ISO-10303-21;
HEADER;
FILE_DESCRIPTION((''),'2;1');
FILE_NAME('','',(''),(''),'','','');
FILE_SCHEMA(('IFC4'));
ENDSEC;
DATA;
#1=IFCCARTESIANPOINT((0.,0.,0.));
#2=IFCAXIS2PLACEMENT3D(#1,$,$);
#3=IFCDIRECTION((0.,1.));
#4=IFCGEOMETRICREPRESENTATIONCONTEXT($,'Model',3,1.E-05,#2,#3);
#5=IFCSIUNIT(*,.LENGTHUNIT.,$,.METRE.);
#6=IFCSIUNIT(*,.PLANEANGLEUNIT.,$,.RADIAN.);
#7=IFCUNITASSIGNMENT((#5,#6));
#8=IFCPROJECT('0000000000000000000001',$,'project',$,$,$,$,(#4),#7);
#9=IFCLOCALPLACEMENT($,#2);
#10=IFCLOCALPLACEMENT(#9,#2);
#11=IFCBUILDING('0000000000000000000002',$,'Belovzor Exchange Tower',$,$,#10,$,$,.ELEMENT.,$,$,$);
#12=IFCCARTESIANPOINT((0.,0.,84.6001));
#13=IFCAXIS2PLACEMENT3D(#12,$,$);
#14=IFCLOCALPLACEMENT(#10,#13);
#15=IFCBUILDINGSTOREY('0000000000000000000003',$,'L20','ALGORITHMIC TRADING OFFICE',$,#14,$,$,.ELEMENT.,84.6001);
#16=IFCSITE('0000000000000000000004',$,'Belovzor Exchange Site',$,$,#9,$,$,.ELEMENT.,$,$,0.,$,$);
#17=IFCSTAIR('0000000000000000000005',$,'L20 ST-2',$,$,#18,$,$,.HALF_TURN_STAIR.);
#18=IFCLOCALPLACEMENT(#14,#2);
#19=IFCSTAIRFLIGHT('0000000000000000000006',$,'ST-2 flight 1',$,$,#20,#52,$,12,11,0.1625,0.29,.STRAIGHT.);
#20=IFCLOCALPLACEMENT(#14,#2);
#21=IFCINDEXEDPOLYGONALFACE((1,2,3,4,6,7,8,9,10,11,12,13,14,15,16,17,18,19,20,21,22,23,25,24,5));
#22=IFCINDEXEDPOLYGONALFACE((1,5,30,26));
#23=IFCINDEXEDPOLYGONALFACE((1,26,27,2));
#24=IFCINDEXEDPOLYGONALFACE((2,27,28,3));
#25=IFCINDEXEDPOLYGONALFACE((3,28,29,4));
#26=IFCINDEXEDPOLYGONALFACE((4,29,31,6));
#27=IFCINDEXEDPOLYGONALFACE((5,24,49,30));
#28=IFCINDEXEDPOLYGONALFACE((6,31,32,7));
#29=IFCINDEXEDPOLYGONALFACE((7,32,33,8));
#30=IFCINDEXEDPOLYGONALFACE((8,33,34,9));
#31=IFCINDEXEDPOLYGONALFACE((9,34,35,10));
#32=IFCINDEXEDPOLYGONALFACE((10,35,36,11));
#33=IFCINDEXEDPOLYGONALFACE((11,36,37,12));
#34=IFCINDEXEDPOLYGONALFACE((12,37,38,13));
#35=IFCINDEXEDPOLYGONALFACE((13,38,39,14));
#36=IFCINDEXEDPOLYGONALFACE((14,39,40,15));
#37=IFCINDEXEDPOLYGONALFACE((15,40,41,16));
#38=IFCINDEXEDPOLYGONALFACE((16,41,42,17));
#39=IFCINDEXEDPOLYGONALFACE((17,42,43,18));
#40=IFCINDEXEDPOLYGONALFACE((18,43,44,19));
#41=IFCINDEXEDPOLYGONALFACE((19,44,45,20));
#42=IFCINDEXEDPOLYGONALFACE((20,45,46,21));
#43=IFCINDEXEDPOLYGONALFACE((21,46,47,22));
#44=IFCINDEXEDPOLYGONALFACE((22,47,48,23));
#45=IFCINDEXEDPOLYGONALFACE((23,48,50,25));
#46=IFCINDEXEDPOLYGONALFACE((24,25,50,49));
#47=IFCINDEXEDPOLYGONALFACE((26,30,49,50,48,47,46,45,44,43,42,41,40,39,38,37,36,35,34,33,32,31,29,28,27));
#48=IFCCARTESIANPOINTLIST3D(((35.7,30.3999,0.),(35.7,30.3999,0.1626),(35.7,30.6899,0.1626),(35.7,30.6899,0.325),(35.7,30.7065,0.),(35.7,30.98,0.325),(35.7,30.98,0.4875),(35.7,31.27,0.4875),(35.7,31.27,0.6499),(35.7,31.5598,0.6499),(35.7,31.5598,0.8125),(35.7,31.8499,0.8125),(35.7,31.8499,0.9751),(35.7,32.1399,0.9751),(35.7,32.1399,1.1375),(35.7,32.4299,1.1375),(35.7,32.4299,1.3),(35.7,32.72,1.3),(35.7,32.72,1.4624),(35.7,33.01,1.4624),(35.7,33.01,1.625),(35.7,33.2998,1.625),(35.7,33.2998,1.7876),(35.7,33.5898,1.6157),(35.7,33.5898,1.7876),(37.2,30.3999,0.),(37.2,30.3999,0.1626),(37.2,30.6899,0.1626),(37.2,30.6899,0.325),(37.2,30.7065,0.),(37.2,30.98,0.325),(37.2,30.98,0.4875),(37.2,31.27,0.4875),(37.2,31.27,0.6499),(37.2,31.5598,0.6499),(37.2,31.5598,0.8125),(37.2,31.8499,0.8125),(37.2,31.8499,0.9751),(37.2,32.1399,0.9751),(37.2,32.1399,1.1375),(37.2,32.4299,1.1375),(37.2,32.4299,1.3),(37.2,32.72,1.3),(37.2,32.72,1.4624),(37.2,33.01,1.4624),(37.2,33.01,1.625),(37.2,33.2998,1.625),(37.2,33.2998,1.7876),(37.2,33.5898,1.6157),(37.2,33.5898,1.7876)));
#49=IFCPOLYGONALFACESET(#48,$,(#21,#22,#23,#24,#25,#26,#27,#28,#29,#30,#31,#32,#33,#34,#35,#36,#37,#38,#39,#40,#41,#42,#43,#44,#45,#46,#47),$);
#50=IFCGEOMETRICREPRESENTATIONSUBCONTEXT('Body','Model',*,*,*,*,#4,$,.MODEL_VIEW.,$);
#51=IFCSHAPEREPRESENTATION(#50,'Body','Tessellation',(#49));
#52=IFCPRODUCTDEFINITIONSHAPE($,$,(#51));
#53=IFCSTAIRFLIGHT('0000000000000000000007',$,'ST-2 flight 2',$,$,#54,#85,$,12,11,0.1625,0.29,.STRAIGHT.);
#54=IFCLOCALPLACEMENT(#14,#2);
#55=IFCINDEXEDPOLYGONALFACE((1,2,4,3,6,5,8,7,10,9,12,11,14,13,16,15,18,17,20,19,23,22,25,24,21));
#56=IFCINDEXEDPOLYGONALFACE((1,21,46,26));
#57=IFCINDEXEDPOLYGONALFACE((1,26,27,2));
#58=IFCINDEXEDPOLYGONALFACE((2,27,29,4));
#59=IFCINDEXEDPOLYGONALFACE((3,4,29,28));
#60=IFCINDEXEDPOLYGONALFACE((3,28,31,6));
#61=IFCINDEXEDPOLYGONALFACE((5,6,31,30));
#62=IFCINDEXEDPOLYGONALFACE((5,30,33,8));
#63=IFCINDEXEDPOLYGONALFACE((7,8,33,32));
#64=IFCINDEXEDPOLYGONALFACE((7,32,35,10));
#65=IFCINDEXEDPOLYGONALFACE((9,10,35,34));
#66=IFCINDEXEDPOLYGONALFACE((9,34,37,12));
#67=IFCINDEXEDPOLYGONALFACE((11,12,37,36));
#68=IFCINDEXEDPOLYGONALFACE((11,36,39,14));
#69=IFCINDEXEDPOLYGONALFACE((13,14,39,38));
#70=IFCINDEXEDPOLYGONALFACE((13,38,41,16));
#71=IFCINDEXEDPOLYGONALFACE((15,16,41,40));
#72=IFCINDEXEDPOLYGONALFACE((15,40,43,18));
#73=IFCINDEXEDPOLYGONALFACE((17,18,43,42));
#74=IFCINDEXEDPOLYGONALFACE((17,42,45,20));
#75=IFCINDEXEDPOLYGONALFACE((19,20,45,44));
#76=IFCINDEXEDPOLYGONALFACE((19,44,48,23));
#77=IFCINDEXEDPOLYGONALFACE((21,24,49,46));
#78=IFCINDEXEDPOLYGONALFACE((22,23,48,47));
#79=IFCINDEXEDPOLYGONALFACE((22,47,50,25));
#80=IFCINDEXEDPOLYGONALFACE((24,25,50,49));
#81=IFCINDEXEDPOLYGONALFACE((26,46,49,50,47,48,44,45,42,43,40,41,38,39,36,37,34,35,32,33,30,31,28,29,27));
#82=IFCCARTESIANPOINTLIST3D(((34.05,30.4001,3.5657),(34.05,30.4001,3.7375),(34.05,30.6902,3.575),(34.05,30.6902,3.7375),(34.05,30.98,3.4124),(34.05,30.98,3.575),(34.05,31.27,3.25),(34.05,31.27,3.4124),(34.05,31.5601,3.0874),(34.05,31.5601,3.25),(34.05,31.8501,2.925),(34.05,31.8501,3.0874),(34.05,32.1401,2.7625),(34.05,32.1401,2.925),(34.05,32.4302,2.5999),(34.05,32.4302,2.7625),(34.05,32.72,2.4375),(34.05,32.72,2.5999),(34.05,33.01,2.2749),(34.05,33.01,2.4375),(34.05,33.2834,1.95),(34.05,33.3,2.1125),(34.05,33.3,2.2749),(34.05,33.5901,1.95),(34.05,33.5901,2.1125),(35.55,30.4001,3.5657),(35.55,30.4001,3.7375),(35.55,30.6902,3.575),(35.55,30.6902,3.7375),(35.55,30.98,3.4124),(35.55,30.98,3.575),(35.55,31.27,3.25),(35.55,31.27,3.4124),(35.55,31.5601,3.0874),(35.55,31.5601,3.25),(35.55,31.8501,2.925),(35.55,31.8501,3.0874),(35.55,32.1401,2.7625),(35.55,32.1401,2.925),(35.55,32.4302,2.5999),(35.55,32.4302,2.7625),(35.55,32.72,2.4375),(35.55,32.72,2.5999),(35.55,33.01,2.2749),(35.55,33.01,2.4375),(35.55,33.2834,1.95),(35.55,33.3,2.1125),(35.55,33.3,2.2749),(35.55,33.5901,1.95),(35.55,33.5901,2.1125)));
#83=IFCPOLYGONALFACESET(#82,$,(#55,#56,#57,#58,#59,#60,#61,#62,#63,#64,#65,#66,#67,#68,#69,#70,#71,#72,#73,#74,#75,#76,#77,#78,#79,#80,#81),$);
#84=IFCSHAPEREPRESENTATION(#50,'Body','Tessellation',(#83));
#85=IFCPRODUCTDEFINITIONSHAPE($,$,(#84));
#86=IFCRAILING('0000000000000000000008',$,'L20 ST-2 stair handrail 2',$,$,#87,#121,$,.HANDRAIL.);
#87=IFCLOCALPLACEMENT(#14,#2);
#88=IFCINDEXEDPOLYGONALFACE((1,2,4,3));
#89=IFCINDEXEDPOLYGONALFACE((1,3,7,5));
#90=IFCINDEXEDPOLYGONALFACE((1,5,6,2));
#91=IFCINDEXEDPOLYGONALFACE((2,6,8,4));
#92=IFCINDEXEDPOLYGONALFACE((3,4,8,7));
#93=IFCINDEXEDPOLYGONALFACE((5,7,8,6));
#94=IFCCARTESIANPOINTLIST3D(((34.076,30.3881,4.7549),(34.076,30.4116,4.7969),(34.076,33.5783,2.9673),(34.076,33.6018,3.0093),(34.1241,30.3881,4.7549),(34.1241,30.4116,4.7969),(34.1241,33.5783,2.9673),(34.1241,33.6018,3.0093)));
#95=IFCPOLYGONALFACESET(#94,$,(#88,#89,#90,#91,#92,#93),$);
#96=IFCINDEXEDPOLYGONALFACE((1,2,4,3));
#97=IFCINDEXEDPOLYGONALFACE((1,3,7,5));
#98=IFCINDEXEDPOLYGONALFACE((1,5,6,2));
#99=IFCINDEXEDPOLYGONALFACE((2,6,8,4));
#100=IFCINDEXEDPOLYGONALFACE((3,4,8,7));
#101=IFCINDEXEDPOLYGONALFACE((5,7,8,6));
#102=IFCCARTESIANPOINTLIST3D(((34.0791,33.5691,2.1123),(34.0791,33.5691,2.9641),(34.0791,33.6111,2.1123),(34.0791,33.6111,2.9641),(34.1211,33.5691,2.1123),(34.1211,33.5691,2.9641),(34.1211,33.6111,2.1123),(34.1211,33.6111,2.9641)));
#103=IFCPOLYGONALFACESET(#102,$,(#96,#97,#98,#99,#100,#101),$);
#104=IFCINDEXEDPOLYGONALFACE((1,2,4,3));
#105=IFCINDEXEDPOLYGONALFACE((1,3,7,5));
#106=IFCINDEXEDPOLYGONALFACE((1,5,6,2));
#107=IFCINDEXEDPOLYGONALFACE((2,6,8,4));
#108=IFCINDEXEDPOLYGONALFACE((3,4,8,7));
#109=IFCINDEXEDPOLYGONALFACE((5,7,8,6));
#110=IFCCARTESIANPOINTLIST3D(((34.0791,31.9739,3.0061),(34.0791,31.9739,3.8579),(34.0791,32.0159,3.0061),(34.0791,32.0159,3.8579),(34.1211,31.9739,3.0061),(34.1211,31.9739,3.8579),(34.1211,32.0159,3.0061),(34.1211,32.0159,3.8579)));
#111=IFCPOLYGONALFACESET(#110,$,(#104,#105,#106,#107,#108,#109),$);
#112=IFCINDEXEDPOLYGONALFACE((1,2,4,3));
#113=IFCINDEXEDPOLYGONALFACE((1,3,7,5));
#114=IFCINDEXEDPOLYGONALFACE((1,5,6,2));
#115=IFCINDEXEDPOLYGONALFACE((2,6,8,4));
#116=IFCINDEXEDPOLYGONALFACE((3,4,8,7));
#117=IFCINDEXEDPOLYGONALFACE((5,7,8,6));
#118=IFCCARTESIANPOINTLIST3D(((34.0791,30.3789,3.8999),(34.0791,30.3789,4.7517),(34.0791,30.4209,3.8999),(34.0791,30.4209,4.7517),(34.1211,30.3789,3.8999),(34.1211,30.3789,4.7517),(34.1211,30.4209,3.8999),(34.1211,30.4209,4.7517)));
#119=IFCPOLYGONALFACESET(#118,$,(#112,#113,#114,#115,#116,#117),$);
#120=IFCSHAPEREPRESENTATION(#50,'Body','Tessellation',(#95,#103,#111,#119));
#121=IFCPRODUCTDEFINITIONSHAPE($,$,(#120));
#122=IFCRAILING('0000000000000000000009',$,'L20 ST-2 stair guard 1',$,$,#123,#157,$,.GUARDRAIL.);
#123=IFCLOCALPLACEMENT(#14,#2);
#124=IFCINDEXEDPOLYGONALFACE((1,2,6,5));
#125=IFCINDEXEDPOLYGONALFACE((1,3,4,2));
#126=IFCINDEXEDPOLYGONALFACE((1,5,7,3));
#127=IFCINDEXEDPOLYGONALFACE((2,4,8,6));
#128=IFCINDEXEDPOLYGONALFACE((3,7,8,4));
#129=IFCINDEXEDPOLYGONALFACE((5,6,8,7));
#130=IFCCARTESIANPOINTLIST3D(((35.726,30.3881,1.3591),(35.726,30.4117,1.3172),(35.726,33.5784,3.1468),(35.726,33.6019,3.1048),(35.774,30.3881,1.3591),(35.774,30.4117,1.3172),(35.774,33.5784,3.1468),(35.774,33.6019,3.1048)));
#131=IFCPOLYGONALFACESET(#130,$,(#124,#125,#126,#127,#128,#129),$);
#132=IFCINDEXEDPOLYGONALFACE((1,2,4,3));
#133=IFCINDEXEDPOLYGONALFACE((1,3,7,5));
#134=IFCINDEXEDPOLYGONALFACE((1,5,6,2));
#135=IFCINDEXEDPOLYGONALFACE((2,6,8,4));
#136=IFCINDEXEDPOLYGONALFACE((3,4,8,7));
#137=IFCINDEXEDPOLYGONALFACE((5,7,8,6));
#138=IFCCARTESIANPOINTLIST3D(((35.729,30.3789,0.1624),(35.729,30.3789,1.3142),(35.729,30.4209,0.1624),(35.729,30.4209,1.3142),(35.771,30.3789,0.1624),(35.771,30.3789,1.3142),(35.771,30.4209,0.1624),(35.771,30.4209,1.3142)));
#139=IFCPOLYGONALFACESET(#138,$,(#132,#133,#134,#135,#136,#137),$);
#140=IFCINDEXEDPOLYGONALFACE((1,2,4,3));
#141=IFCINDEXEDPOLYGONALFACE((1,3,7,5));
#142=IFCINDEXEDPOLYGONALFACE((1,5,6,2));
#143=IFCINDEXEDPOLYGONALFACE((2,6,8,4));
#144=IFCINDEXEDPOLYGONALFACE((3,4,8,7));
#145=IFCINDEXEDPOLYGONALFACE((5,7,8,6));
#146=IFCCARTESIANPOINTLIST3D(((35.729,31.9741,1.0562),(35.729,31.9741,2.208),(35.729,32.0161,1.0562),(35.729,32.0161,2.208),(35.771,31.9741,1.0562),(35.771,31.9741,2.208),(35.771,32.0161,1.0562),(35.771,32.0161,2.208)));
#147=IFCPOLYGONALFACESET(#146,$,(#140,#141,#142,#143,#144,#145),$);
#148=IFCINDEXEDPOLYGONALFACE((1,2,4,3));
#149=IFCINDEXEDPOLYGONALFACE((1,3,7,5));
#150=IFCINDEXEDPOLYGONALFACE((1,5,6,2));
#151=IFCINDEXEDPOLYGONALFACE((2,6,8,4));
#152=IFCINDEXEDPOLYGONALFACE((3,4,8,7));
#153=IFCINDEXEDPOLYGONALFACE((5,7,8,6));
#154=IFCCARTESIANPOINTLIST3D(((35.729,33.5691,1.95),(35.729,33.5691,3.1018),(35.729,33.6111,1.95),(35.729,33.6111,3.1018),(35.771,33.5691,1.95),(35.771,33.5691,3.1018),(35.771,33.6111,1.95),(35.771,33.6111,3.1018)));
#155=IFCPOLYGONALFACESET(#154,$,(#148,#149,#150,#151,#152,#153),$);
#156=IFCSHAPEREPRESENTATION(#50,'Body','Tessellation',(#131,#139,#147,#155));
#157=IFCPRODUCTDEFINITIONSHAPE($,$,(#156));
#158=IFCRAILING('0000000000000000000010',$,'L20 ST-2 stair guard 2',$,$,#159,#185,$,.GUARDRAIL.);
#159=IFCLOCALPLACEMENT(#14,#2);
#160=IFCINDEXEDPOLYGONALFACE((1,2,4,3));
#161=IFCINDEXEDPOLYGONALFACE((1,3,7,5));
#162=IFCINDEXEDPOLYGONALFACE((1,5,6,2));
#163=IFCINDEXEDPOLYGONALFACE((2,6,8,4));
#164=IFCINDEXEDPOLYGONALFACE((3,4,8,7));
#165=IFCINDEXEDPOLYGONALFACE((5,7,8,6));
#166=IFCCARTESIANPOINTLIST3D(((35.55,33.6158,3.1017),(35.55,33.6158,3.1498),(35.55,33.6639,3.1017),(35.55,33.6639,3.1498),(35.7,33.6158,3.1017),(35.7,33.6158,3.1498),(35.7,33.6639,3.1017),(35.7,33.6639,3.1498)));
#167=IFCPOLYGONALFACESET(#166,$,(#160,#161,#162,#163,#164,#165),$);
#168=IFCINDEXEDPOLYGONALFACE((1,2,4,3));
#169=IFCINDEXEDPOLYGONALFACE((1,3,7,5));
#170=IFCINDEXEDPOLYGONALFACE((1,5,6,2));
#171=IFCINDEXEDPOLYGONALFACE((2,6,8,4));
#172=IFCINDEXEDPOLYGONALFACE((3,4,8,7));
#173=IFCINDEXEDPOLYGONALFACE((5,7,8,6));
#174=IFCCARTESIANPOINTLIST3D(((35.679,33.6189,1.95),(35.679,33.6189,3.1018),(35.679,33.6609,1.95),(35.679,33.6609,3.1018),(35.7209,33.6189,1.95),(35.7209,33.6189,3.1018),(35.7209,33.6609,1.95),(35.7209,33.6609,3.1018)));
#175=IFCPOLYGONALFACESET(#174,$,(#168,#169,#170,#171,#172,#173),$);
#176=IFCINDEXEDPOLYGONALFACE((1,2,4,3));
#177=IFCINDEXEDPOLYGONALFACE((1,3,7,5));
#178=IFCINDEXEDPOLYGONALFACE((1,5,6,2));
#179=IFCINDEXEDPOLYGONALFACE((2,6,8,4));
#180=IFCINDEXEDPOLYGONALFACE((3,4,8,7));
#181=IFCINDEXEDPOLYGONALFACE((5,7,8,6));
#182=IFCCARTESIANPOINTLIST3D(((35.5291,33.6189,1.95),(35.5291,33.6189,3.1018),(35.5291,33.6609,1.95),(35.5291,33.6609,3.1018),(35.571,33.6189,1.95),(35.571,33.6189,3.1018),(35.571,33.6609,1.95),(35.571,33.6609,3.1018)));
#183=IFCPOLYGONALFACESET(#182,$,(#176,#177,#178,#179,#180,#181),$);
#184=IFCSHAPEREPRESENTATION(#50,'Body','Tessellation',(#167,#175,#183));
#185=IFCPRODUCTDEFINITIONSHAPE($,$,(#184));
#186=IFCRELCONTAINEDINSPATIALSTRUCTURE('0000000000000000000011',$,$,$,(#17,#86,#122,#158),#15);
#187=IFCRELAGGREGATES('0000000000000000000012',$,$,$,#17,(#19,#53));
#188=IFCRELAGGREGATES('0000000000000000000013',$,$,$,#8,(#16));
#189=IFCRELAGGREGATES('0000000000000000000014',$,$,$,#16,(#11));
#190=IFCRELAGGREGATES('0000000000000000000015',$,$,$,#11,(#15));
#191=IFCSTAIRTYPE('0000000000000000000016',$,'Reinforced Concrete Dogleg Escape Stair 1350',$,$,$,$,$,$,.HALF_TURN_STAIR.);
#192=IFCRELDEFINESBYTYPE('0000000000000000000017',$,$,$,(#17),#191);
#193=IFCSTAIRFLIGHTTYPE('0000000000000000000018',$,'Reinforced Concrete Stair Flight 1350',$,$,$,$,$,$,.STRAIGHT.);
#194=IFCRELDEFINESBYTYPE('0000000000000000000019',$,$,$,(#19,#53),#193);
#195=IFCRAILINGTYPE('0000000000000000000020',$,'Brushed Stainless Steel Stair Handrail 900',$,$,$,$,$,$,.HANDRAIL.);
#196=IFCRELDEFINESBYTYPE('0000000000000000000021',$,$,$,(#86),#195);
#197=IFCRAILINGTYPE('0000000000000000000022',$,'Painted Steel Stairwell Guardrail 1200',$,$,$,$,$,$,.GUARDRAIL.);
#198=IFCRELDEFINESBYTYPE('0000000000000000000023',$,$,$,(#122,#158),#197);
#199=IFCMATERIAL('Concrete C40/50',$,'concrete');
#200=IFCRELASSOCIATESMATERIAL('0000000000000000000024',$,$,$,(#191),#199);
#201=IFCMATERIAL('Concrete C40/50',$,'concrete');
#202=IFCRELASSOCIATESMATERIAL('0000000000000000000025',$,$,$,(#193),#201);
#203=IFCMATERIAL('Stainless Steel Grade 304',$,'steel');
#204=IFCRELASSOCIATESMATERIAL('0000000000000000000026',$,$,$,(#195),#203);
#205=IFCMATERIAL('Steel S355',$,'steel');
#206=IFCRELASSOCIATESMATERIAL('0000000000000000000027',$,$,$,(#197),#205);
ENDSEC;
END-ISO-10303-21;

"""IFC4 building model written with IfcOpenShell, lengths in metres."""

from ifc_helpers import new_model, si_unit, direction, frame, origin, origin_2d, place, context, subcontext, project, spatial, polyline, rectangle, outline, extrude, material, type_object, element, aggregate, save


model = new_model("IFC4")

# Units and contexts
model_context = context("Model", 3, precision=1e-05, world=origin(), true_north=direction((0.0, 1.0)))
body_context = subcontext(model_context, "Body", "Model", "MODEL_VIEW")
ifc_project = project(units=[si_unit("LENGTHUNIT", "METRE"), si_unit("PLANEANGLEUNIT", "RADIAN")], contexts=[model_context])

# Site, building, storey
site_placement = place(None, origin())
site = spatial("IfcSite", under=ifc_project, at=site_placement, Name="Belovzor Exchange Site", CompositionType="ELEMENT", RefElevation=0.0)
building_placement = place(site_placement, origin())
building = spatial("IfcBuilding", under=site, at=building_placement, Name="Belovzor Exchange Tower", CompositionType="ELEMENT")
storey_placement = place(building_placement, frame((0.0, 0.0, 84.6001)))
storey = spatial("IfcBuildingStorey", under=building, at=storey_placement, Name="L20", Description="ALGORITHMIC TRADING OFFICE", CompositionType="ELEMENT", Elevation=84.6001)

# Stair, stair flights
ifc_material_1 = material(Name="Concrete C40/50", Category="concrete")
stair_type = type_object("IfcStairType", Name="Reinforced Concrete Dogleg Escape Stair 1350", PredefinedType="HALF_TURN_STAIR", material=ifc_material_1)
stair_placement = place(storey_placement, origin())
stair = element("IfcStair", 1, at=stair_placement, inside=storey, type_object=stair_type, Name="L20 ST-2", PredefinedType="HALF_TURN_STAIR")
ifc_material_2 = material(Name="Concrete C40/50", Category="concrete")
stair_flight_type = type_object("IfcStairFlightType", Name="Reinforced Concrete Stair Flight 1350", PredefinedType="STRAIGHT", material=ifc_material_2)
stair_flight_1_placement = place(storey_placement, frame((36.45, 30.3999, 0.0), z_axis=(0.0, 0.0, 1.0), x_axis=(0.0, 1.0, 0.0)))
stair_flight_1 = element("IfcStairFlight", 2, at=stair_flight_1_placement, type_object=stair_flight_type, Name="ST-2 flight 1", NumberOfRisers=12, NumberOfTreads=11, PredefinedType="STRAIGHT", RiserHeight=0.1625, TreadLength=0.29, context=body_context, shape_type="SweptSolid", body=[
    extrude(outline(polyline([(0.0, 0.0), (0.0, 0.1626), (0.29, 0.1626), (0.29, 0.325), (0.5801, 0.325), (0.5801, 0.4875), (0.8701, 0.4875), (0.8701, 0.6499), (1.1599, 0.6499), (1.1599, 0.8125), (1.45, 0.8125), (1.45, 0.9751), (1.74, 0.9751), (1.74, 1.1375), (2.03, 1.1375), (2.03, 1.3), (2.3201, 1.3), (2.3201, 1.4624), (2.6101, 1.4624), (2.6101, 1.625), (2.8999, 1.625), (2.8999, 1.7876), (3.1899, 1.7876), (3.1899, 1.95), (3.1899, 1.6157), (0.3066, 0.0), (0.0, 0.0)])), frame((0.0, 0.75, 0.0), z_axis=(0.0, -1.0, 0.0), x_axis=(1.0, 0.0, 0.0)), (0.0, 0.0, 1.0), 1.5),
])
stair_flight_2_placement = place(storey_placement, frame((34.8, 33.5901, 1.95), z_axis=(0.0, 0.0, 1.0), x_axis=(0.0, -1.0, 0.0)))
stair_flight_2 = element("IfcStairFlight", 3, at=stair_flight_2_placement, type_object=stair_flight_type, Name="ST-2 flight 2", NumberOfRisers=12, NumberOfTreads=11, PredefinedType="STRAIGHT", RiserHeight=0.1625, TreadLength=0.29, context=body_context, shape_type="SweptSolid", body=[
    extrude(outline(polyline([(0.0, 0.0), (0.0, 0.1626), (0.29, 0.1626), (0.29, 0.325), (0.5801, 0.325), (0.5801, 0.4875), (0.8701, 0.4875), (0.8701, 0.6499), (1.1599, 0.6499), (1.1599, 0.8125), (1.45, 0.8125), (1.45, 0.9751), (1.74, 0.9751), (1.74, 1.1375), (2.03, 1.1375), (2.03, 1.3), (2.3201, 1.3), (2.3201, 1.4624), (2.6101, 1.4624), (2.6101, 1.625), (2.8999, 1.625), (2.8999, 1.7876), (3.1899, 1.7876), (3.1899, 1.95), (3.1899, 1.6157), (0.3066, 0.0), (0.0, 0.0)])), frame((0.0, 0.75, 0.0), z_axis=(0.0, -1.0, 0.0), x_axis=(1.0, 0.0, 0.0)), (0.0, 0.0, 1.0), 1.5),
])
aggregate(stair, [stair_flight_1, stair_flight_2])

# Railings
ifc_material_3 = material(Name="Stainless Steel Grade 304", Category="steel")
railing_type_1 = type_object("IfcRailingType", Name="Brushed Stainless Steel Stair Handrail 900", PredefinedType="HANDRAIL", material=ifc_material_3)
railing_1_placement = place(storey_placement, frame((34.1001, 33.5901, 2.1123)))
element("IfcRailing", 4, at=railing_1_placement, inside=storey, type_object=railing_type_1, Name="L20 ST-2 stair handrail 2", PredefinedType="HANDRAIL", context=body_context, shape_type="SweptSolid", body=[
    extrude(rectangle(XDim=0.0481, YDim=0.0481, at=origin_2d()), frame((0.0, 0.0, 0.876), z_axis=(0.0, -0.872378, 0.488831), x_axis=(1.0, 0.0, 0.0)), (0.0, 0.0, 1.0), 3.657),
    extrude(rectangle(XDim=0.042, YDim=0.042, at=origin_2d()), origin(), (0.0, 0.0, 1.0), 0.8518),
    extrude(rectangle(XDim=0.042, YDim=0.042, at=origin_2d()), frame((0.0, -1.5952, 0.8938)), (0.0, 0.0, 1.0), 0.8518),
    extrude(rectangle(XDim=0.042, YDim=0.042, at=origin_2d()), frame((0.0, -3.1902, 1.7876)), (0.0, 0.0, 1.0), 0.8518),
])
ifc_material_4 = material(Name="Steel S355", Category="steel")
railing_type_2 = type_object("IfcRailingType", Name="Painted Steel Stairwell Guardrail 1200", PredefinedType="GUARDRAIL", material=ifc_material_4)
railing_2_placement = place(storey_placement, frame((35.75, 30.3999, 0.1624)))
element("IfcRailing", 5, at=railing_2_placement, inside=storey, type_object=railing_type_2, Name="L20 ST-2 stair guard 1", PredefinedType="GUARDRAIL", context=body_context, shape_type="SweptSolid", body=[
    extrude(rectangle(XDim=0.0481, YDim=0.0481, at=origin_2d()), frame((0.0, 0.0, 1.1758), z_axis=(0.0, 0.872378, 0.488831), x_axis=(-1.0, 0.0, 0.0)), (0.0, 0.0, 1.0), 3.657),
    extrude(rectangle(XDim=0.042, YDim=0.042, at=origin_2d()), origin(), (0.0, 0.0, 1.0), 1.1519),
    extrude(rectangle(XDim=0.042, YDim=0.042, at=origin_2d()), frame((0.0, 1.5952, 0.8938)), (0.0, 0.0, 1.0), 1.1519),
    extrude(rectangle(XDim=0.042, YDim=0.042, at=origin_2d()), frame((0.0, 3.1902, 1.7876)), (0.0, 0.0, 1.0), 1.1519),
])
railing_3_placement = place(storey_placement, frame((35.7, 33.6399, 1.95)))
element("IfcRailing", 6, at=railing_3_placement, inside=storey, type_object=railing_type_2, Name="L20 ST-2 stair guard 2", PredefinedType="GUARDRAIL", context=body_context, shape_type="SweptSolid", body=[
    extrude(rectangle(XDim=0.0481, YDim=0.0481, at=origin_2d()), frame((0.0, 0.0, 1.1758), z_axis=(-1.0, 0.0, 0.0), x_axis=(0.0, -1.0, 0.0)), (0.0, 0.0, 1.0), 0.1499),
    extrude(rectangle(XDim=0.042, YDim=0.042, at=origin_2d()), origin(), (0.0, 0.0, 1.0), 1.1519),
    extrude(rectangle(XDim=0.042, YDim=0.042, at=origin_2d()), frame((-0.1499, 0.0, 0.0)), (0.0, 0.0, 1.0), 1.1519),
])

save(model, "model.ifc")
